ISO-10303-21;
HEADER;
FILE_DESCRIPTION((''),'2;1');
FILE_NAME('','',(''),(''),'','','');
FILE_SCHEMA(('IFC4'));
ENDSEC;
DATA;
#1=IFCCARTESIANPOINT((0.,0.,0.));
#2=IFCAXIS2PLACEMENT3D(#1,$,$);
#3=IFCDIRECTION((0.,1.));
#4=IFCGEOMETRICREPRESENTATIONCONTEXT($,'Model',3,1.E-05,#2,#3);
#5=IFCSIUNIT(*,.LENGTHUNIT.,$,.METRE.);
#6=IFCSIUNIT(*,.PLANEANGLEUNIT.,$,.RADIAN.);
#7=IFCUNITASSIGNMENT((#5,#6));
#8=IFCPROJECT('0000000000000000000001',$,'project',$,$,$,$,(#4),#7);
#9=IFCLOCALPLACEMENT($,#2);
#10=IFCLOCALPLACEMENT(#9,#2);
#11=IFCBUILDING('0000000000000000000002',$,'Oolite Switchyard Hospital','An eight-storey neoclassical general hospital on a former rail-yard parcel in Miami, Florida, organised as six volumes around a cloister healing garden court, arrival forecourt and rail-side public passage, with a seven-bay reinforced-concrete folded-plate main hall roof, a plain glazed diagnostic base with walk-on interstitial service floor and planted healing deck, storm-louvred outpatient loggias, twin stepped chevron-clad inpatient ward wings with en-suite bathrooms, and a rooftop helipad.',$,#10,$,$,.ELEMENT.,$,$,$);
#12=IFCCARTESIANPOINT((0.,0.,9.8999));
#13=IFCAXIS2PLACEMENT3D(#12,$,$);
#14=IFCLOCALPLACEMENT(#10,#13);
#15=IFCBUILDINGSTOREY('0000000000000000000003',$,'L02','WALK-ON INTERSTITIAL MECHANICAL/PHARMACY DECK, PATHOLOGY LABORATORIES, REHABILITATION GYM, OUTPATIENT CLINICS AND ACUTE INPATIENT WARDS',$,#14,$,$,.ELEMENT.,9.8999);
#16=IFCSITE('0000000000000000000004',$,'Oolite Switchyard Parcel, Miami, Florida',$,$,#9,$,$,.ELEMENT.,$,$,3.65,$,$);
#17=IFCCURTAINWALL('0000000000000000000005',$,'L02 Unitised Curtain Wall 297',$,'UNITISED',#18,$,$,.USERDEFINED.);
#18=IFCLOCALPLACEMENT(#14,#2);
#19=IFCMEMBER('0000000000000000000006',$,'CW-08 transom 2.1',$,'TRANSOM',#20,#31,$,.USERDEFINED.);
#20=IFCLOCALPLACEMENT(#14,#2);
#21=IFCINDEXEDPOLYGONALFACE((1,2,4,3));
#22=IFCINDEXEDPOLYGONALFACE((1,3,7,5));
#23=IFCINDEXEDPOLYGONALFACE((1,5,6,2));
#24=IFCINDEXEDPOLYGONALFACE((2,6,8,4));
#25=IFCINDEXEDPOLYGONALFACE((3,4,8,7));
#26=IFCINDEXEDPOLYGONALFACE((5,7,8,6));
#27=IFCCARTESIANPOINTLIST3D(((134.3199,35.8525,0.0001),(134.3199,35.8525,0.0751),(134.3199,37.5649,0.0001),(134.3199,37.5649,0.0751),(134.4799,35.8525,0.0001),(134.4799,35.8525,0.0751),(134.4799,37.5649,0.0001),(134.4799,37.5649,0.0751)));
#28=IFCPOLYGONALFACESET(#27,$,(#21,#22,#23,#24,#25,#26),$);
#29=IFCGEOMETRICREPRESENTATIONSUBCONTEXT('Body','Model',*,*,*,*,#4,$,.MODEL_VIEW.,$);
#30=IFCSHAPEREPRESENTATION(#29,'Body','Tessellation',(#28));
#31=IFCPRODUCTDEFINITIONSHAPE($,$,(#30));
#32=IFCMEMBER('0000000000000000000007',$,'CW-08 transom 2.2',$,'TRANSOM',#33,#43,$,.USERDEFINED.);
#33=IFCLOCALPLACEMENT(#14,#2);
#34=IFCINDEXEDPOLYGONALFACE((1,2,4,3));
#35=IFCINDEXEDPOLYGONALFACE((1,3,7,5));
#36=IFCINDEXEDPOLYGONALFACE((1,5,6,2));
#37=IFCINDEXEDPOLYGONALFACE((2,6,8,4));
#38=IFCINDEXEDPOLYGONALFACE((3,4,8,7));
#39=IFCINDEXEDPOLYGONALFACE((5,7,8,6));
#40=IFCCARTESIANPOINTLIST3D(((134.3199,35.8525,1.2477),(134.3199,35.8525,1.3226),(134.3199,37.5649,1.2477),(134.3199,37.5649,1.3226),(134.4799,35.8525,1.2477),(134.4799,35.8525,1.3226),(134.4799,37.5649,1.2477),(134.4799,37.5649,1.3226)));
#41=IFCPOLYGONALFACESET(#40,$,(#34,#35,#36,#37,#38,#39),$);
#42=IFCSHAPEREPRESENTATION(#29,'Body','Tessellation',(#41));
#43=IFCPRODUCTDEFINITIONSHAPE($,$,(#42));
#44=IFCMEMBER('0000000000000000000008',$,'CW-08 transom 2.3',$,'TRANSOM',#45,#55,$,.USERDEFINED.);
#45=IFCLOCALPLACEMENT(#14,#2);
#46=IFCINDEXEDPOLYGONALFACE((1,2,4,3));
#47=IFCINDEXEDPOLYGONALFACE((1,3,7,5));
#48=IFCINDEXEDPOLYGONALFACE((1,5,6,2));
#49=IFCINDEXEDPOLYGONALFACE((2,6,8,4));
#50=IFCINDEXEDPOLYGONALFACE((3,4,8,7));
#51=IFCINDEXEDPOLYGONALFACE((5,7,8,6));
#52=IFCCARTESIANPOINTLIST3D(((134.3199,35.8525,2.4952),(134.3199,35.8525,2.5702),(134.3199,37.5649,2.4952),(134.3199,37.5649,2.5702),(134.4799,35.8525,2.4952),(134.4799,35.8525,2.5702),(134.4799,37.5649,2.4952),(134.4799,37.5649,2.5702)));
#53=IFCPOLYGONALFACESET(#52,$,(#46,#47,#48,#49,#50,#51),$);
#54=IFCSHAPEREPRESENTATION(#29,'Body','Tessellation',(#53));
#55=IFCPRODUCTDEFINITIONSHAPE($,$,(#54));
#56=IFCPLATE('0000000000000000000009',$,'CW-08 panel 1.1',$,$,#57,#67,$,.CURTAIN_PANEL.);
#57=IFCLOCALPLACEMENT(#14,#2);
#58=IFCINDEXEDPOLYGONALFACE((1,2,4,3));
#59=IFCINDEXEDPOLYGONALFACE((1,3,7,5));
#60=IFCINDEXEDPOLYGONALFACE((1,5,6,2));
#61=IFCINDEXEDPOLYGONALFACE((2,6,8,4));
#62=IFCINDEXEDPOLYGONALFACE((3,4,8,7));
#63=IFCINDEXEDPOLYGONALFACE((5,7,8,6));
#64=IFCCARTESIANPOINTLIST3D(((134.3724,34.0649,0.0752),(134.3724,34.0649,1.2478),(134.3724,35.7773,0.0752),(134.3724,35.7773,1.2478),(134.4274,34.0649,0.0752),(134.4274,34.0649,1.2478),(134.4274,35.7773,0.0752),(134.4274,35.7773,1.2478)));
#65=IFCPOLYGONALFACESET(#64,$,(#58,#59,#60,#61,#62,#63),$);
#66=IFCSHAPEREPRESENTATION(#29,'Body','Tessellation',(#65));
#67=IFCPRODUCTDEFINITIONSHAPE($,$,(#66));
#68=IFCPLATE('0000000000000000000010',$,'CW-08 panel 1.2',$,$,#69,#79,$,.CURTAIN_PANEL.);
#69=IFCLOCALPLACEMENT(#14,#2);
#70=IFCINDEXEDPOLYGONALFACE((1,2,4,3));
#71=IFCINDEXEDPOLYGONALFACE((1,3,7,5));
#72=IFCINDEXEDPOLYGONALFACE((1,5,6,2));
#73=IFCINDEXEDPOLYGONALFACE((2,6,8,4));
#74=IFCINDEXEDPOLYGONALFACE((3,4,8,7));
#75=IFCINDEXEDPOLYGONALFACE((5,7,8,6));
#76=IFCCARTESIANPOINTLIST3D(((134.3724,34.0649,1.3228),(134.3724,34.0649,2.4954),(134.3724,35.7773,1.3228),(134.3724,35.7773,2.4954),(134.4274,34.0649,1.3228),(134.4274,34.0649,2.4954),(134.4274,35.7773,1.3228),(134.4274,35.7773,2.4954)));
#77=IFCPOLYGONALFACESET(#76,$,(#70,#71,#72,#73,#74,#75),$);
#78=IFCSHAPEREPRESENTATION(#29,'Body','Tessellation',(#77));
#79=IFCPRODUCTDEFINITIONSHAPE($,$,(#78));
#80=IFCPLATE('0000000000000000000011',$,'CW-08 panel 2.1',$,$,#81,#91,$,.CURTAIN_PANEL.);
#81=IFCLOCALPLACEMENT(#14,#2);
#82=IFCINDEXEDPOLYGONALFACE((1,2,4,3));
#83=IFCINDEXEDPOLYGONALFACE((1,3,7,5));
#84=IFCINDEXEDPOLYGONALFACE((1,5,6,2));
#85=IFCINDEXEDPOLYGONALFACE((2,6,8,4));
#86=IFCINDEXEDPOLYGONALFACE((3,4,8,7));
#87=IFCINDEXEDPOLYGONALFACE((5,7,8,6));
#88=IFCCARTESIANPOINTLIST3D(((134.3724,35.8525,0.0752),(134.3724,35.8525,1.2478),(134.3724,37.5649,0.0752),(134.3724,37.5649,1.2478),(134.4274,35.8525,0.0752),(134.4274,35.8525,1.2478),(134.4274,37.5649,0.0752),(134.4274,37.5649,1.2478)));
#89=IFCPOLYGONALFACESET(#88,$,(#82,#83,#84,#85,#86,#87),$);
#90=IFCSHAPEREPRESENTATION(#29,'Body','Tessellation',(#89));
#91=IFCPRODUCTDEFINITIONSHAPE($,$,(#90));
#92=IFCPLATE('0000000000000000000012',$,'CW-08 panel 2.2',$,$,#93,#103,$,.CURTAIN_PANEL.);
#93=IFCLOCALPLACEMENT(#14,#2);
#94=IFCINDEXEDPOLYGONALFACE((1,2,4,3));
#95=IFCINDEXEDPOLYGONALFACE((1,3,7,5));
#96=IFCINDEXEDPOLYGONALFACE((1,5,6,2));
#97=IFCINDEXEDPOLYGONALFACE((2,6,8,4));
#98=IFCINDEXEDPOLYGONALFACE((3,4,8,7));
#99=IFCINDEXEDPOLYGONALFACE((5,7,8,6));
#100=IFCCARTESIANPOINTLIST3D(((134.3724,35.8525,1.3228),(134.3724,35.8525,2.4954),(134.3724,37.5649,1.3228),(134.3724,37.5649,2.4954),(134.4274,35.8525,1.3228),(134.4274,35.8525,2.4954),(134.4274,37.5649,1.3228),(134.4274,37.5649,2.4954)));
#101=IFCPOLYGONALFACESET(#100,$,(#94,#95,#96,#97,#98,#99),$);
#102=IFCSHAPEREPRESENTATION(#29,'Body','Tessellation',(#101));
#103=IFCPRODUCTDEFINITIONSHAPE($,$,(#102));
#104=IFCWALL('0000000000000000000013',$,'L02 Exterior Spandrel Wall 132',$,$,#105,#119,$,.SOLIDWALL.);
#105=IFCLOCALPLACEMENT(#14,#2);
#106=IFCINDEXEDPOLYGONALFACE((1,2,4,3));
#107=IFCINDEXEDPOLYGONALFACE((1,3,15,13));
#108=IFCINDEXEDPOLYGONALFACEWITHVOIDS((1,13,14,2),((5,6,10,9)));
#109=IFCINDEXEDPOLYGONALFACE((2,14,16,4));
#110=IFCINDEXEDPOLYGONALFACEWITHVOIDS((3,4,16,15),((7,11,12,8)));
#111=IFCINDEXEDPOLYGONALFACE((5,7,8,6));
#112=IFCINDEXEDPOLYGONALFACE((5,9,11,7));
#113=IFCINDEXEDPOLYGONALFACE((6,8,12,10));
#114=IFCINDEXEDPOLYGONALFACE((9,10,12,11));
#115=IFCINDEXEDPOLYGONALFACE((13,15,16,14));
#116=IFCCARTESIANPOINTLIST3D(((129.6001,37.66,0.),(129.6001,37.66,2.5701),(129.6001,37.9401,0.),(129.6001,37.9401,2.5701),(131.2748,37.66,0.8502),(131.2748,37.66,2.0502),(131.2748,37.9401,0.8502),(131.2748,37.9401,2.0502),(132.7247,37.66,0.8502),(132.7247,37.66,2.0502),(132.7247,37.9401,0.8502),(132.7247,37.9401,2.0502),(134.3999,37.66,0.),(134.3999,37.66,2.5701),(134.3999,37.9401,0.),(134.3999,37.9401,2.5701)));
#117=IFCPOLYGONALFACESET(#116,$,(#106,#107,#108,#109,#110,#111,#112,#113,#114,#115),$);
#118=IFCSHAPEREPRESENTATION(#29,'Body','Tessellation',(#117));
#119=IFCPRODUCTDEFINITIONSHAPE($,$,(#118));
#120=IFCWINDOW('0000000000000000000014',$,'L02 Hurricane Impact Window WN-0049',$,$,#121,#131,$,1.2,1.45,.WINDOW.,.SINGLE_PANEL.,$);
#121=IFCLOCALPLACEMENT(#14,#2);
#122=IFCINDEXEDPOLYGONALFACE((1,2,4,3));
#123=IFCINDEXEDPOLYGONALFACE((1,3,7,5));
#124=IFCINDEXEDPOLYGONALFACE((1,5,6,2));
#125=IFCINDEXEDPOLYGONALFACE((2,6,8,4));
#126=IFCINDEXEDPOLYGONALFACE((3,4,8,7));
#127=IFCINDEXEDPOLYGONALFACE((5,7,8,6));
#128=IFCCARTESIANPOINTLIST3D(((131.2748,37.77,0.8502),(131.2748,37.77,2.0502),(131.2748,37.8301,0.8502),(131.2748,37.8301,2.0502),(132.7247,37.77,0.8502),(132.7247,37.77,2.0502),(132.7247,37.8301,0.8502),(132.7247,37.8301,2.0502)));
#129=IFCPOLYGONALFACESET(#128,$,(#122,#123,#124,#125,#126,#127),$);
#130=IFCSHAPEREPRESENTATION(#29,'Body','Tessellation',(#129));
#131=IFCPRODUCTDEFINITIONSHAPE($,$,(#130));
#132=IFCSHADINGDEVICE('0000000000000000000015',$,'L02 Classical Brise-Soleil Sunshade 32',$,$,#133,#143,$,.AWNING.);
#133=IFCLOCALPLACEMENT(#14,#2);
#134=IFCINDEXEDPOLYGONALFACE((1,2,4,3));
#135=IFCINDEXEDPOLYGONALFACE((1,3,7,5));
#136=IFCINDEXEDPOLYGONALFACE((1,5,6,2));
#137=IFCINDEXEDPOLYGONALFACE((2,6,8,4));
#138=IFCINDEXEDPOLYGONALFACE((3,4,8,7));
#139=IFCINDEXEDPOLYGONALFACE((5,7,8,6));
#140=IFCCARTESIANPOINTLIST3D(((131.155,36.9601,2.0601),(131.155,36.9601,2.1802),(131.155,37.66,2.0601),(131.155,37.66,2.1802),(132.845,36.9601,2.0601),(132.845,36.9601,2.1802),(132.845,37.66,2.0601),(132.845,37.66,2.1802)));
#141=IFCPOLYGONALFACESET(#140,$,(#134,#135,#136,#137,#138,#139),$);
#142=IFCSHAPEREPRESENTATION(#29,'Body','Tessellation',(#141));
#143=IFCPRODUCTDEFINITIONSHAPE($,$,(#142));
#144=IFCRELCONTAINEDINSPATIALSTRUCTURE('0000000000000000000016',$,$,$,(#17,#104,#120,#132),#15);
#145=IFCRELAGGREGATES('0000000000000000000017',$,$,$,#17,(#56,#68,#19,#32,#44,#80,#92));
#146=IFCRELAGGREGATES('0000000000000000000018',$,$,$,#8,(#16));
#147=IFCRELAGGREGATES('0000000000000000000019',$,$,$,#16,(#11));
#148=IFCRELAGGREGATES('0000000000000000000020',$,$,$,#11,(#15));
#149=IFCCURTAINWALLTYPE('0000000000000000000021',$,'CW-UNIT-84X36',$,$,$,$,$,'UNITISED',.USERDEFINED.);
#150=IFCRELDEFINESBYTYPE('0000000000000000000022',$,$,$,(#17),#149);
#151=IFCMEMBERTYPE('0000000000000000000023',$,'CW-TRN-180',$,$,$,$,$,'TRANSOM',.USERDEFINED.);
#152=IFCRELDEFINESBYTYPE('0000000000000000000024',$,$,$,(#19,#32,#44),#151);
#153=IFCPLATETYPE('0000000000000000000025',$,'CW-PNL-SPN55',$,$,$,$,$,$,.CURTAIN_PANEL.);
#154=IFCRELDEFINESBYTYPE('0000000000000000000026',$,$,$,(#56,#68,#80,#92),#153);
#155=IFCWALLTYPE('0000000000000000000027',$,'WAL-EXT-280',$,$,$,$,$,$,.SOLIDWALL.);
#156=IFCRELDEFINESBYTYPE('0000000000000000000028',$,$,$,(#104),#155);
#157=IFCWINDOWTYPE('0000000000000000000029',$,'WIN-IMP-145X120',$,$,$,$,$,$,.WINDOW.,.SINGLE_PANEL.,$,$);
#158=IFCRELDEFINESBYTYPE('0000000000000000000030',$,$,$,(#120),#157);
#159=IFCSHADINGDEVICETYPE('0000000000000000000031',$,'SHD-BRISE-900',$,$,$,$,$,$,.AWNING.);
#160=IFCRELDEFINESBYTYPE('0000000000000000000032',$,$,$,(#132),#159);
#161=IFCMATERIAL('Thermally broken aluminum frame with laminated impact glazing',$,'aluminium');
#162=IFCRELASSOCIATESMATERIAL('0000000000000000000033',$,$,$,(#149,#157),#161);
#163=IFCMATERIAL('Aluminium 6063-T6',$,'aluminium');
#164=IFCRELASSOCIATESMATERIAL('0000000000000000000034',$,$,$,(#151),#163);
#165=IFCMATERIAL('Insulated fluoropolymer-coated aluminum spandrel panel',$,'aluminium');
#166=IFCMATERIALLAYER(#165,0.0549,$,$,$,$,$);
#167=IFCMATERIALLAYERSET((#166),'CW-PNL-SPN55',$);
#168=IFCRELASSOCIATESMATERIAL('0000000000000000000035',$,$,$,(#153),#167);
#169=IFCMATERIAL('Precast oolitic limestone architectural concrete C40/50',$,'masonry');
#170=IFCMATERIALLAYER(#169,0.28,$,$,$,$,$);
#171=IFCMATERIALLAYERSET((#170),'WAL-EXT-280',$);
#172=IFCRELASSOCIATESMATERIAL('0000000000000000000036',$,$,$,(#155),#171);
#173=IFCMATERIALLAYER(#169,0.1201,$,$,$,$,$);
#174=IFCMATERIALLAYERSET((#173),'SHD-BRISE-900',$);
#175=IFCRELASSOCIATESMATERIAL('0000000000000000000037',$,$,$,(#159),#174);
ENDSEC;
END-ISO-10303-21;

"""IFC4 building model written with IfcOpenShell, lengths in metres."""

from ifc_helpers import new_model, si_unit, direction, frame, frame_2d, origin, origin_2d, place, context, subcontext, project, spatial, rectangle, extrude, material, layer, layer_set, material_profile, profile_set, type_object, element, fill, aggregate, save


model = new_model("IFC4")

# Units and contexts
model_context = context("Model", 3, precision=1e-05, world=origin(), true_north=direction((0.0, 1.0)))
body_context = subcontext(model_context, "Body", "Model", "MODEL_VIEW")
ifc_project = project(units=[si_unit("LENGTHUNIT", "METRE"), si_unit("PLANEANGLEUNIT", "RADIAN")], contexts=[model_context])

# Site, building, storey
site_placement = place(None, origin())
site = spatial("IfcSite", under=ifc_project, at=site_placement, Name="Oolite Switchyard Parcel, Miami, Florida", CompositionType="ELEMENT", RefElevation=3.65)
building_placement = place(site_placement, origin())
building = spatial("IfcBuilding", under=site, at=building_placement, Name="Oolite Switchyard Hospital", Description="An eight-storey neoclassical general hospital on a former rail-yard parcel in Miami, Florida, organised as six volumes around a cloister healing garden court, arrival forecourt and rail-side public passage, with a seven-bay reinforced-concrete folded-plate main hall roof, a plain glazed diagnostic base with walk-on interstitial service floor and planted healing deck, storm-louvred outpatient loggias, twin stepped chevron-clad inpatient ward wings with en-suite bathrooms, and a rooftop helipad.", CompositionType="ELEMENT")
storey_placement = place(building_placement, frame((0.0, 0.0, 9.8999)))
storey = spatial("IfcBuildingStorey", under=building, at=storey_placement, Name="L02", Description="WALK-ON INTERSTITIAL MECHANICAL/PHARMACY DECK, PATHOLOGY LABORATORIES, REHABILITATION GYM, OUTPATIENT CLINICS AND ACUTE INPATIENT WARDS", CompositionType="ELEMENT", Elevation=9.8999)

# Curtain wall, members, plates
ifc_material_1 = material(Name="Thermally broken aluminum frame with laminated impact glazing", Category="aluminium")
curtain_wall_type = type_object("IfcCurtainWallType", Name="CW-UNIT-84X36", ElementType="UNITISED", PredefinedType="USERDEFINED", material=ifc_material_1)
curtain_wall_placement = place(storey_placement, origin())
curtain_wall = element("IfcCurtainWall", 1, at=curtain_wall_placement, inside=storey, type_object=curtain_wall_type, Name="L02 Unitised Curtain Wall 297", ObjectType="UNITISED", PredefinedType="USERDEFINED")
ifc_material_2 = material(Name="Aluminium 6063-T6", Category="aluminium")
ifc_material_profile_1 = material_profile(ifc_material_2, rectangle(XDim=0.1599, YDim=0.075, at=origin_2d()), Name="CWT75X160")
ifc_profile_set_1 = profile_set([ifc_material_profile_1], Name="Aluminium 6063-T6")
member_type_1 = type_object("IfcMemberType", Name="CW-TRN-180", ElementType="TRANSOM", PredefinedType="USERDEFINED", material=ifc_profile_set_1)
member_1_placement = place(storey_placement, frame((134.3999, 35.8525, 0.0376), z_axis=(0.0, 1.0, 0.0), x_axis=(-1.0, 0.0, 0.0)))
member_1 = element("IfcMember", 2, at=member_1_placement, type_object=member_type_1, Name="CW-08 transom 2.1", ObjectType="TRANSOM", PredefinedType="USERDEFINED", context=body_context, shape_type="SweptSolid", body=[
    extrude(rectangle(XDim=0.1599, YDim=0.075, at=origin_2d()), origin(), (0.0, 0.0, 1.0), 1.7124),
])
member_2_placement = place(storey_placement, frame((134.3999, 35.8525, 1.2852), z_axis=(0.0, 1.0, 0.0), x_axis=(-1.0, 0.0, 0.0)))
member_2 = element("IfcMember", 3, at=member_2_placement, type_object=member_type_1, Name="CW-08 transom 2.2", ObjectType="TRANSOM", PredefinedType="USERDEFINED", context=body_context, shape_type="SweptSolid", body=[
    extrude(rectangle(XDim=0.1599, YDim=0.075, at=origin_2d()), origin(), (0.0, 0.0, 1.0), 1.7124),
])
member_3_placement = place(storey_placement, frame((134.3999, 35.8525, 2.5327), z_axis=(0.0, 1.0, 0.0), x_axis=(-1.0, 0.0, 0.0)))
member_3 = element("IfcMember", 4, at=member_3_placement, type_object=member_type_1, Name="CW-08 transom 2.3", ObjectType="TRANSOM", PredefinedType="USERDEFINED", context=body_context, shape_type="SweptSolid", body=[
    extrude(rectangle(XDim=0.1599, YDim=0.075, at=origin_2d()), origin(), (0.0, 0.0, 1.0), 1.7124),
])
ifc_material_3 = material(Name="Insulated fluoropolymer-coated aluminum spandrel panel", Category="aluminium")
ifc_layer_1 = layer(ifc_material_3, 0.0549)
ifc_layer_set_1 = layer_set([ifc_layer_1], Name="CW-PNL-SPN55")
plate_type = type_object("IfcPlateType", Name="CW-PNL-SPN55", PredefinedType="CURTAIN_PANEL", material=ifc_layer_set_1)
plate_1_placement = place(storey_placement, frame((134.3999, 34.9211, 0.0752), z_axis=(0.0, 0.0, 1.0), x_axis=(0.0, 1.0, 0.0)))
plate_1 = element("IfcPlate", 5, at=plate_1_placement, type_object=plate_type, Name="CW-08 panel 1.1", PredefinedType="CURTAIN_PANEL", context=body_context, shape_type="SweptSolid", body=[
    extrude(rectangle(XDim=1.7124, YDim=0.0549, at=origin_2d()), origin(), (0.0, 0.0, 1.0), 1.1726),
])
plate_2_placement = place(storey_placement, frame((134.3999, 34.9211, 1.3228), z_axis=(0.0, 0.0, 1.0), x_axis=(0.0, 1.0, 0.0)))
plate_2 = element("IfcPlate", 6, at=plate_2_placement, type_object=plate_type, Name="CW-08 panel 1.2", PredefinedType="CURTAIN_PANEL", context=body_context, shape_type="SweptSolid", body=[
    extrude(rectangle(XDim=1.7124, YDim=0.0549, at=origin_2d()), origin(), (0.0, 0.0, 1.0), 1.1726),
])
plate_3_placement = place(storey_placement, frame((134.3999, 36.7087, 0.0752), z_axis=(0.0, 0.0, 1.0), x_axis=(0.0, 1.0, 0.0)))
plate_3 = element("IfcPlate", 7, at=plate_3_placement, type_object=plate_type, Name="CW-08 panel 2.1", PredefinedType="CURTAIN_PANEL", context=body_context, shape_type="SweptSolid", body=[
    extrude(rectangle(XDim=1.7124, YDim=0.0549, at=origin_2d()), origin(), (0.0, 0.0, 1.0), 1.1726),
])
plate_4_placement = place(storey_placement, frame((134.3999, 36.7087, 1.3228), z_axis=(0.0, 0.0, 1.0), x_axis=(0.0, 1.0, 0.0)))
plate_4 = element("IfcPlate", 8, at=plate_4_placement, type_object=plate_type, Name="CW-08 panel 2.2", PredefinedType="CURTAIN_PANEL", context=body_context, shape_type="SweptSolid", body=[
    extrude(rectangle(XDim=1.7124, YDim=0.0549, at=origin_2d()), origin(), (0.0, 0.0, 1.0), 1.1726),
])
aggregate(curtain_wall, [plate_1, plate_2, member_1, member_2, member_3, plate_3, plate_4])

# Wall, opening, window
ifc_material_4 = material(Name="Precast oolitic limestone architectural concrete C40/50", Category="masonry")
ifc_layer_2 = layer(ifc_material_4, 0.28)
ifc_layer_set_2 = layer_set([ifc_layer_2], Name="WAL-EXT-280")
wall_type = type_object("IfcWallType", Name="WAL-EXT-280", PredefinedType="SOLIDWALL", material=ifc_layer_set_2)
wall_placement = place(storey_placement, frame((134.3999, 37.8, 0.0), z_axis=(0.0, 0.0, 1.0), x_axis=(-1.0, 0.0, 0.0)))
wall = element("IfcWall", 9, at=wall_placement, inside=storey, type_object=wall_type, Name="L02 Exterior Spandrel Wall 132", PredefinedType="SOLIDWALL", context=body_context, shape_type="SweptSolid", body=[
    extrude(rectangle(XDim=4.7998, YDim=0.28, at=frame_2d((2.3999, 0.0))), origin(), (0.0, 0.0, 1.0), 2.5701),
])
opening_placement = place(wall_placement, frame((1.675, 0.0, 0.8501)))
opening = element("IfcOpeningElement", 10, at=opening_placement, cuts=wall, PredefinedType="OPENING", context=body_context, shape_type="SweptSolid", body=[
    extrude(rectangle(XDim=1.45, YDim=1.2, at=frame_2d((0.7251, 0.6001))), frame((0.0, 0.1499, 0.0), z_axis=(0.0, -1.0, 0.0), x_axis=(1.0, 0.0, 0.0)), (0.0, 0.0, 1.0), 0.3),
])
window_type = type_object("IfcWindowType", Name="WIN-IMP-145X120", PartitioningType="SINGLE_PANEL", PredefinedType="WINDOW", material=ifc_material_1)
window_placement = place(opening_placement, origin())
window = element("IfcWindow", 11, at=window_placement, inside=storey, type_object=window_type, Name="L02 Hurricane Impact Window WN-0049", OverallHeight=1.2, OverallWidth=1.45, PartitioningType="SINGLE_PANEL", PredefinedType="WINDOW", context=body_context, shape_type="SweptSolid", body=[
    extrude(rectangle(XDim=1.45, YDim=1.2, at=frame_2d((0.7251, 0.6001))), frame((0.0, 0.03, 0.0), z_axis=(0.0, -1.0, 0.0), x_axis=(1.0, 0.0, 0.0)), (0.0, 0.0, 1.0), 0.0601),
])
fill(opening, window)

# Shading device
ifc_layer_3 = layer(ifc_material_4, 0.1201)
ifc_layer_set_3 = layer_set([ifc_layer_3], Name="SHD-BRISE-900")
shading_device_type = type_object("IfcShadingDeviceType", Name="SHD-BRISE-900", PredefinedType="AWNING", material=ifc_layer_set_3)
shading_device_placement = place(storey_placement, frame((132.0, 37.3101, 2.0601), z_axis=(0.0, 0.0, 1.0), x_axis=(1.0, 0.0, 0.0)))
element("IfcShadingDevice", 12, at=shading_device_placement, inside=storey, type_object=shading_device_type, Name="L02 Classical Brise-Soleil Sunshade 32", PredefinedType="AWNING", context=body_context, shape_type="SweptSolid", body=[
    extrude(rectangle(XDim=1.6899, YDim=0.7, at=origin_2d()), origin(), (0.0, 0.0, 1.0), 0.1201),
])

save(model, "model.ifc")
